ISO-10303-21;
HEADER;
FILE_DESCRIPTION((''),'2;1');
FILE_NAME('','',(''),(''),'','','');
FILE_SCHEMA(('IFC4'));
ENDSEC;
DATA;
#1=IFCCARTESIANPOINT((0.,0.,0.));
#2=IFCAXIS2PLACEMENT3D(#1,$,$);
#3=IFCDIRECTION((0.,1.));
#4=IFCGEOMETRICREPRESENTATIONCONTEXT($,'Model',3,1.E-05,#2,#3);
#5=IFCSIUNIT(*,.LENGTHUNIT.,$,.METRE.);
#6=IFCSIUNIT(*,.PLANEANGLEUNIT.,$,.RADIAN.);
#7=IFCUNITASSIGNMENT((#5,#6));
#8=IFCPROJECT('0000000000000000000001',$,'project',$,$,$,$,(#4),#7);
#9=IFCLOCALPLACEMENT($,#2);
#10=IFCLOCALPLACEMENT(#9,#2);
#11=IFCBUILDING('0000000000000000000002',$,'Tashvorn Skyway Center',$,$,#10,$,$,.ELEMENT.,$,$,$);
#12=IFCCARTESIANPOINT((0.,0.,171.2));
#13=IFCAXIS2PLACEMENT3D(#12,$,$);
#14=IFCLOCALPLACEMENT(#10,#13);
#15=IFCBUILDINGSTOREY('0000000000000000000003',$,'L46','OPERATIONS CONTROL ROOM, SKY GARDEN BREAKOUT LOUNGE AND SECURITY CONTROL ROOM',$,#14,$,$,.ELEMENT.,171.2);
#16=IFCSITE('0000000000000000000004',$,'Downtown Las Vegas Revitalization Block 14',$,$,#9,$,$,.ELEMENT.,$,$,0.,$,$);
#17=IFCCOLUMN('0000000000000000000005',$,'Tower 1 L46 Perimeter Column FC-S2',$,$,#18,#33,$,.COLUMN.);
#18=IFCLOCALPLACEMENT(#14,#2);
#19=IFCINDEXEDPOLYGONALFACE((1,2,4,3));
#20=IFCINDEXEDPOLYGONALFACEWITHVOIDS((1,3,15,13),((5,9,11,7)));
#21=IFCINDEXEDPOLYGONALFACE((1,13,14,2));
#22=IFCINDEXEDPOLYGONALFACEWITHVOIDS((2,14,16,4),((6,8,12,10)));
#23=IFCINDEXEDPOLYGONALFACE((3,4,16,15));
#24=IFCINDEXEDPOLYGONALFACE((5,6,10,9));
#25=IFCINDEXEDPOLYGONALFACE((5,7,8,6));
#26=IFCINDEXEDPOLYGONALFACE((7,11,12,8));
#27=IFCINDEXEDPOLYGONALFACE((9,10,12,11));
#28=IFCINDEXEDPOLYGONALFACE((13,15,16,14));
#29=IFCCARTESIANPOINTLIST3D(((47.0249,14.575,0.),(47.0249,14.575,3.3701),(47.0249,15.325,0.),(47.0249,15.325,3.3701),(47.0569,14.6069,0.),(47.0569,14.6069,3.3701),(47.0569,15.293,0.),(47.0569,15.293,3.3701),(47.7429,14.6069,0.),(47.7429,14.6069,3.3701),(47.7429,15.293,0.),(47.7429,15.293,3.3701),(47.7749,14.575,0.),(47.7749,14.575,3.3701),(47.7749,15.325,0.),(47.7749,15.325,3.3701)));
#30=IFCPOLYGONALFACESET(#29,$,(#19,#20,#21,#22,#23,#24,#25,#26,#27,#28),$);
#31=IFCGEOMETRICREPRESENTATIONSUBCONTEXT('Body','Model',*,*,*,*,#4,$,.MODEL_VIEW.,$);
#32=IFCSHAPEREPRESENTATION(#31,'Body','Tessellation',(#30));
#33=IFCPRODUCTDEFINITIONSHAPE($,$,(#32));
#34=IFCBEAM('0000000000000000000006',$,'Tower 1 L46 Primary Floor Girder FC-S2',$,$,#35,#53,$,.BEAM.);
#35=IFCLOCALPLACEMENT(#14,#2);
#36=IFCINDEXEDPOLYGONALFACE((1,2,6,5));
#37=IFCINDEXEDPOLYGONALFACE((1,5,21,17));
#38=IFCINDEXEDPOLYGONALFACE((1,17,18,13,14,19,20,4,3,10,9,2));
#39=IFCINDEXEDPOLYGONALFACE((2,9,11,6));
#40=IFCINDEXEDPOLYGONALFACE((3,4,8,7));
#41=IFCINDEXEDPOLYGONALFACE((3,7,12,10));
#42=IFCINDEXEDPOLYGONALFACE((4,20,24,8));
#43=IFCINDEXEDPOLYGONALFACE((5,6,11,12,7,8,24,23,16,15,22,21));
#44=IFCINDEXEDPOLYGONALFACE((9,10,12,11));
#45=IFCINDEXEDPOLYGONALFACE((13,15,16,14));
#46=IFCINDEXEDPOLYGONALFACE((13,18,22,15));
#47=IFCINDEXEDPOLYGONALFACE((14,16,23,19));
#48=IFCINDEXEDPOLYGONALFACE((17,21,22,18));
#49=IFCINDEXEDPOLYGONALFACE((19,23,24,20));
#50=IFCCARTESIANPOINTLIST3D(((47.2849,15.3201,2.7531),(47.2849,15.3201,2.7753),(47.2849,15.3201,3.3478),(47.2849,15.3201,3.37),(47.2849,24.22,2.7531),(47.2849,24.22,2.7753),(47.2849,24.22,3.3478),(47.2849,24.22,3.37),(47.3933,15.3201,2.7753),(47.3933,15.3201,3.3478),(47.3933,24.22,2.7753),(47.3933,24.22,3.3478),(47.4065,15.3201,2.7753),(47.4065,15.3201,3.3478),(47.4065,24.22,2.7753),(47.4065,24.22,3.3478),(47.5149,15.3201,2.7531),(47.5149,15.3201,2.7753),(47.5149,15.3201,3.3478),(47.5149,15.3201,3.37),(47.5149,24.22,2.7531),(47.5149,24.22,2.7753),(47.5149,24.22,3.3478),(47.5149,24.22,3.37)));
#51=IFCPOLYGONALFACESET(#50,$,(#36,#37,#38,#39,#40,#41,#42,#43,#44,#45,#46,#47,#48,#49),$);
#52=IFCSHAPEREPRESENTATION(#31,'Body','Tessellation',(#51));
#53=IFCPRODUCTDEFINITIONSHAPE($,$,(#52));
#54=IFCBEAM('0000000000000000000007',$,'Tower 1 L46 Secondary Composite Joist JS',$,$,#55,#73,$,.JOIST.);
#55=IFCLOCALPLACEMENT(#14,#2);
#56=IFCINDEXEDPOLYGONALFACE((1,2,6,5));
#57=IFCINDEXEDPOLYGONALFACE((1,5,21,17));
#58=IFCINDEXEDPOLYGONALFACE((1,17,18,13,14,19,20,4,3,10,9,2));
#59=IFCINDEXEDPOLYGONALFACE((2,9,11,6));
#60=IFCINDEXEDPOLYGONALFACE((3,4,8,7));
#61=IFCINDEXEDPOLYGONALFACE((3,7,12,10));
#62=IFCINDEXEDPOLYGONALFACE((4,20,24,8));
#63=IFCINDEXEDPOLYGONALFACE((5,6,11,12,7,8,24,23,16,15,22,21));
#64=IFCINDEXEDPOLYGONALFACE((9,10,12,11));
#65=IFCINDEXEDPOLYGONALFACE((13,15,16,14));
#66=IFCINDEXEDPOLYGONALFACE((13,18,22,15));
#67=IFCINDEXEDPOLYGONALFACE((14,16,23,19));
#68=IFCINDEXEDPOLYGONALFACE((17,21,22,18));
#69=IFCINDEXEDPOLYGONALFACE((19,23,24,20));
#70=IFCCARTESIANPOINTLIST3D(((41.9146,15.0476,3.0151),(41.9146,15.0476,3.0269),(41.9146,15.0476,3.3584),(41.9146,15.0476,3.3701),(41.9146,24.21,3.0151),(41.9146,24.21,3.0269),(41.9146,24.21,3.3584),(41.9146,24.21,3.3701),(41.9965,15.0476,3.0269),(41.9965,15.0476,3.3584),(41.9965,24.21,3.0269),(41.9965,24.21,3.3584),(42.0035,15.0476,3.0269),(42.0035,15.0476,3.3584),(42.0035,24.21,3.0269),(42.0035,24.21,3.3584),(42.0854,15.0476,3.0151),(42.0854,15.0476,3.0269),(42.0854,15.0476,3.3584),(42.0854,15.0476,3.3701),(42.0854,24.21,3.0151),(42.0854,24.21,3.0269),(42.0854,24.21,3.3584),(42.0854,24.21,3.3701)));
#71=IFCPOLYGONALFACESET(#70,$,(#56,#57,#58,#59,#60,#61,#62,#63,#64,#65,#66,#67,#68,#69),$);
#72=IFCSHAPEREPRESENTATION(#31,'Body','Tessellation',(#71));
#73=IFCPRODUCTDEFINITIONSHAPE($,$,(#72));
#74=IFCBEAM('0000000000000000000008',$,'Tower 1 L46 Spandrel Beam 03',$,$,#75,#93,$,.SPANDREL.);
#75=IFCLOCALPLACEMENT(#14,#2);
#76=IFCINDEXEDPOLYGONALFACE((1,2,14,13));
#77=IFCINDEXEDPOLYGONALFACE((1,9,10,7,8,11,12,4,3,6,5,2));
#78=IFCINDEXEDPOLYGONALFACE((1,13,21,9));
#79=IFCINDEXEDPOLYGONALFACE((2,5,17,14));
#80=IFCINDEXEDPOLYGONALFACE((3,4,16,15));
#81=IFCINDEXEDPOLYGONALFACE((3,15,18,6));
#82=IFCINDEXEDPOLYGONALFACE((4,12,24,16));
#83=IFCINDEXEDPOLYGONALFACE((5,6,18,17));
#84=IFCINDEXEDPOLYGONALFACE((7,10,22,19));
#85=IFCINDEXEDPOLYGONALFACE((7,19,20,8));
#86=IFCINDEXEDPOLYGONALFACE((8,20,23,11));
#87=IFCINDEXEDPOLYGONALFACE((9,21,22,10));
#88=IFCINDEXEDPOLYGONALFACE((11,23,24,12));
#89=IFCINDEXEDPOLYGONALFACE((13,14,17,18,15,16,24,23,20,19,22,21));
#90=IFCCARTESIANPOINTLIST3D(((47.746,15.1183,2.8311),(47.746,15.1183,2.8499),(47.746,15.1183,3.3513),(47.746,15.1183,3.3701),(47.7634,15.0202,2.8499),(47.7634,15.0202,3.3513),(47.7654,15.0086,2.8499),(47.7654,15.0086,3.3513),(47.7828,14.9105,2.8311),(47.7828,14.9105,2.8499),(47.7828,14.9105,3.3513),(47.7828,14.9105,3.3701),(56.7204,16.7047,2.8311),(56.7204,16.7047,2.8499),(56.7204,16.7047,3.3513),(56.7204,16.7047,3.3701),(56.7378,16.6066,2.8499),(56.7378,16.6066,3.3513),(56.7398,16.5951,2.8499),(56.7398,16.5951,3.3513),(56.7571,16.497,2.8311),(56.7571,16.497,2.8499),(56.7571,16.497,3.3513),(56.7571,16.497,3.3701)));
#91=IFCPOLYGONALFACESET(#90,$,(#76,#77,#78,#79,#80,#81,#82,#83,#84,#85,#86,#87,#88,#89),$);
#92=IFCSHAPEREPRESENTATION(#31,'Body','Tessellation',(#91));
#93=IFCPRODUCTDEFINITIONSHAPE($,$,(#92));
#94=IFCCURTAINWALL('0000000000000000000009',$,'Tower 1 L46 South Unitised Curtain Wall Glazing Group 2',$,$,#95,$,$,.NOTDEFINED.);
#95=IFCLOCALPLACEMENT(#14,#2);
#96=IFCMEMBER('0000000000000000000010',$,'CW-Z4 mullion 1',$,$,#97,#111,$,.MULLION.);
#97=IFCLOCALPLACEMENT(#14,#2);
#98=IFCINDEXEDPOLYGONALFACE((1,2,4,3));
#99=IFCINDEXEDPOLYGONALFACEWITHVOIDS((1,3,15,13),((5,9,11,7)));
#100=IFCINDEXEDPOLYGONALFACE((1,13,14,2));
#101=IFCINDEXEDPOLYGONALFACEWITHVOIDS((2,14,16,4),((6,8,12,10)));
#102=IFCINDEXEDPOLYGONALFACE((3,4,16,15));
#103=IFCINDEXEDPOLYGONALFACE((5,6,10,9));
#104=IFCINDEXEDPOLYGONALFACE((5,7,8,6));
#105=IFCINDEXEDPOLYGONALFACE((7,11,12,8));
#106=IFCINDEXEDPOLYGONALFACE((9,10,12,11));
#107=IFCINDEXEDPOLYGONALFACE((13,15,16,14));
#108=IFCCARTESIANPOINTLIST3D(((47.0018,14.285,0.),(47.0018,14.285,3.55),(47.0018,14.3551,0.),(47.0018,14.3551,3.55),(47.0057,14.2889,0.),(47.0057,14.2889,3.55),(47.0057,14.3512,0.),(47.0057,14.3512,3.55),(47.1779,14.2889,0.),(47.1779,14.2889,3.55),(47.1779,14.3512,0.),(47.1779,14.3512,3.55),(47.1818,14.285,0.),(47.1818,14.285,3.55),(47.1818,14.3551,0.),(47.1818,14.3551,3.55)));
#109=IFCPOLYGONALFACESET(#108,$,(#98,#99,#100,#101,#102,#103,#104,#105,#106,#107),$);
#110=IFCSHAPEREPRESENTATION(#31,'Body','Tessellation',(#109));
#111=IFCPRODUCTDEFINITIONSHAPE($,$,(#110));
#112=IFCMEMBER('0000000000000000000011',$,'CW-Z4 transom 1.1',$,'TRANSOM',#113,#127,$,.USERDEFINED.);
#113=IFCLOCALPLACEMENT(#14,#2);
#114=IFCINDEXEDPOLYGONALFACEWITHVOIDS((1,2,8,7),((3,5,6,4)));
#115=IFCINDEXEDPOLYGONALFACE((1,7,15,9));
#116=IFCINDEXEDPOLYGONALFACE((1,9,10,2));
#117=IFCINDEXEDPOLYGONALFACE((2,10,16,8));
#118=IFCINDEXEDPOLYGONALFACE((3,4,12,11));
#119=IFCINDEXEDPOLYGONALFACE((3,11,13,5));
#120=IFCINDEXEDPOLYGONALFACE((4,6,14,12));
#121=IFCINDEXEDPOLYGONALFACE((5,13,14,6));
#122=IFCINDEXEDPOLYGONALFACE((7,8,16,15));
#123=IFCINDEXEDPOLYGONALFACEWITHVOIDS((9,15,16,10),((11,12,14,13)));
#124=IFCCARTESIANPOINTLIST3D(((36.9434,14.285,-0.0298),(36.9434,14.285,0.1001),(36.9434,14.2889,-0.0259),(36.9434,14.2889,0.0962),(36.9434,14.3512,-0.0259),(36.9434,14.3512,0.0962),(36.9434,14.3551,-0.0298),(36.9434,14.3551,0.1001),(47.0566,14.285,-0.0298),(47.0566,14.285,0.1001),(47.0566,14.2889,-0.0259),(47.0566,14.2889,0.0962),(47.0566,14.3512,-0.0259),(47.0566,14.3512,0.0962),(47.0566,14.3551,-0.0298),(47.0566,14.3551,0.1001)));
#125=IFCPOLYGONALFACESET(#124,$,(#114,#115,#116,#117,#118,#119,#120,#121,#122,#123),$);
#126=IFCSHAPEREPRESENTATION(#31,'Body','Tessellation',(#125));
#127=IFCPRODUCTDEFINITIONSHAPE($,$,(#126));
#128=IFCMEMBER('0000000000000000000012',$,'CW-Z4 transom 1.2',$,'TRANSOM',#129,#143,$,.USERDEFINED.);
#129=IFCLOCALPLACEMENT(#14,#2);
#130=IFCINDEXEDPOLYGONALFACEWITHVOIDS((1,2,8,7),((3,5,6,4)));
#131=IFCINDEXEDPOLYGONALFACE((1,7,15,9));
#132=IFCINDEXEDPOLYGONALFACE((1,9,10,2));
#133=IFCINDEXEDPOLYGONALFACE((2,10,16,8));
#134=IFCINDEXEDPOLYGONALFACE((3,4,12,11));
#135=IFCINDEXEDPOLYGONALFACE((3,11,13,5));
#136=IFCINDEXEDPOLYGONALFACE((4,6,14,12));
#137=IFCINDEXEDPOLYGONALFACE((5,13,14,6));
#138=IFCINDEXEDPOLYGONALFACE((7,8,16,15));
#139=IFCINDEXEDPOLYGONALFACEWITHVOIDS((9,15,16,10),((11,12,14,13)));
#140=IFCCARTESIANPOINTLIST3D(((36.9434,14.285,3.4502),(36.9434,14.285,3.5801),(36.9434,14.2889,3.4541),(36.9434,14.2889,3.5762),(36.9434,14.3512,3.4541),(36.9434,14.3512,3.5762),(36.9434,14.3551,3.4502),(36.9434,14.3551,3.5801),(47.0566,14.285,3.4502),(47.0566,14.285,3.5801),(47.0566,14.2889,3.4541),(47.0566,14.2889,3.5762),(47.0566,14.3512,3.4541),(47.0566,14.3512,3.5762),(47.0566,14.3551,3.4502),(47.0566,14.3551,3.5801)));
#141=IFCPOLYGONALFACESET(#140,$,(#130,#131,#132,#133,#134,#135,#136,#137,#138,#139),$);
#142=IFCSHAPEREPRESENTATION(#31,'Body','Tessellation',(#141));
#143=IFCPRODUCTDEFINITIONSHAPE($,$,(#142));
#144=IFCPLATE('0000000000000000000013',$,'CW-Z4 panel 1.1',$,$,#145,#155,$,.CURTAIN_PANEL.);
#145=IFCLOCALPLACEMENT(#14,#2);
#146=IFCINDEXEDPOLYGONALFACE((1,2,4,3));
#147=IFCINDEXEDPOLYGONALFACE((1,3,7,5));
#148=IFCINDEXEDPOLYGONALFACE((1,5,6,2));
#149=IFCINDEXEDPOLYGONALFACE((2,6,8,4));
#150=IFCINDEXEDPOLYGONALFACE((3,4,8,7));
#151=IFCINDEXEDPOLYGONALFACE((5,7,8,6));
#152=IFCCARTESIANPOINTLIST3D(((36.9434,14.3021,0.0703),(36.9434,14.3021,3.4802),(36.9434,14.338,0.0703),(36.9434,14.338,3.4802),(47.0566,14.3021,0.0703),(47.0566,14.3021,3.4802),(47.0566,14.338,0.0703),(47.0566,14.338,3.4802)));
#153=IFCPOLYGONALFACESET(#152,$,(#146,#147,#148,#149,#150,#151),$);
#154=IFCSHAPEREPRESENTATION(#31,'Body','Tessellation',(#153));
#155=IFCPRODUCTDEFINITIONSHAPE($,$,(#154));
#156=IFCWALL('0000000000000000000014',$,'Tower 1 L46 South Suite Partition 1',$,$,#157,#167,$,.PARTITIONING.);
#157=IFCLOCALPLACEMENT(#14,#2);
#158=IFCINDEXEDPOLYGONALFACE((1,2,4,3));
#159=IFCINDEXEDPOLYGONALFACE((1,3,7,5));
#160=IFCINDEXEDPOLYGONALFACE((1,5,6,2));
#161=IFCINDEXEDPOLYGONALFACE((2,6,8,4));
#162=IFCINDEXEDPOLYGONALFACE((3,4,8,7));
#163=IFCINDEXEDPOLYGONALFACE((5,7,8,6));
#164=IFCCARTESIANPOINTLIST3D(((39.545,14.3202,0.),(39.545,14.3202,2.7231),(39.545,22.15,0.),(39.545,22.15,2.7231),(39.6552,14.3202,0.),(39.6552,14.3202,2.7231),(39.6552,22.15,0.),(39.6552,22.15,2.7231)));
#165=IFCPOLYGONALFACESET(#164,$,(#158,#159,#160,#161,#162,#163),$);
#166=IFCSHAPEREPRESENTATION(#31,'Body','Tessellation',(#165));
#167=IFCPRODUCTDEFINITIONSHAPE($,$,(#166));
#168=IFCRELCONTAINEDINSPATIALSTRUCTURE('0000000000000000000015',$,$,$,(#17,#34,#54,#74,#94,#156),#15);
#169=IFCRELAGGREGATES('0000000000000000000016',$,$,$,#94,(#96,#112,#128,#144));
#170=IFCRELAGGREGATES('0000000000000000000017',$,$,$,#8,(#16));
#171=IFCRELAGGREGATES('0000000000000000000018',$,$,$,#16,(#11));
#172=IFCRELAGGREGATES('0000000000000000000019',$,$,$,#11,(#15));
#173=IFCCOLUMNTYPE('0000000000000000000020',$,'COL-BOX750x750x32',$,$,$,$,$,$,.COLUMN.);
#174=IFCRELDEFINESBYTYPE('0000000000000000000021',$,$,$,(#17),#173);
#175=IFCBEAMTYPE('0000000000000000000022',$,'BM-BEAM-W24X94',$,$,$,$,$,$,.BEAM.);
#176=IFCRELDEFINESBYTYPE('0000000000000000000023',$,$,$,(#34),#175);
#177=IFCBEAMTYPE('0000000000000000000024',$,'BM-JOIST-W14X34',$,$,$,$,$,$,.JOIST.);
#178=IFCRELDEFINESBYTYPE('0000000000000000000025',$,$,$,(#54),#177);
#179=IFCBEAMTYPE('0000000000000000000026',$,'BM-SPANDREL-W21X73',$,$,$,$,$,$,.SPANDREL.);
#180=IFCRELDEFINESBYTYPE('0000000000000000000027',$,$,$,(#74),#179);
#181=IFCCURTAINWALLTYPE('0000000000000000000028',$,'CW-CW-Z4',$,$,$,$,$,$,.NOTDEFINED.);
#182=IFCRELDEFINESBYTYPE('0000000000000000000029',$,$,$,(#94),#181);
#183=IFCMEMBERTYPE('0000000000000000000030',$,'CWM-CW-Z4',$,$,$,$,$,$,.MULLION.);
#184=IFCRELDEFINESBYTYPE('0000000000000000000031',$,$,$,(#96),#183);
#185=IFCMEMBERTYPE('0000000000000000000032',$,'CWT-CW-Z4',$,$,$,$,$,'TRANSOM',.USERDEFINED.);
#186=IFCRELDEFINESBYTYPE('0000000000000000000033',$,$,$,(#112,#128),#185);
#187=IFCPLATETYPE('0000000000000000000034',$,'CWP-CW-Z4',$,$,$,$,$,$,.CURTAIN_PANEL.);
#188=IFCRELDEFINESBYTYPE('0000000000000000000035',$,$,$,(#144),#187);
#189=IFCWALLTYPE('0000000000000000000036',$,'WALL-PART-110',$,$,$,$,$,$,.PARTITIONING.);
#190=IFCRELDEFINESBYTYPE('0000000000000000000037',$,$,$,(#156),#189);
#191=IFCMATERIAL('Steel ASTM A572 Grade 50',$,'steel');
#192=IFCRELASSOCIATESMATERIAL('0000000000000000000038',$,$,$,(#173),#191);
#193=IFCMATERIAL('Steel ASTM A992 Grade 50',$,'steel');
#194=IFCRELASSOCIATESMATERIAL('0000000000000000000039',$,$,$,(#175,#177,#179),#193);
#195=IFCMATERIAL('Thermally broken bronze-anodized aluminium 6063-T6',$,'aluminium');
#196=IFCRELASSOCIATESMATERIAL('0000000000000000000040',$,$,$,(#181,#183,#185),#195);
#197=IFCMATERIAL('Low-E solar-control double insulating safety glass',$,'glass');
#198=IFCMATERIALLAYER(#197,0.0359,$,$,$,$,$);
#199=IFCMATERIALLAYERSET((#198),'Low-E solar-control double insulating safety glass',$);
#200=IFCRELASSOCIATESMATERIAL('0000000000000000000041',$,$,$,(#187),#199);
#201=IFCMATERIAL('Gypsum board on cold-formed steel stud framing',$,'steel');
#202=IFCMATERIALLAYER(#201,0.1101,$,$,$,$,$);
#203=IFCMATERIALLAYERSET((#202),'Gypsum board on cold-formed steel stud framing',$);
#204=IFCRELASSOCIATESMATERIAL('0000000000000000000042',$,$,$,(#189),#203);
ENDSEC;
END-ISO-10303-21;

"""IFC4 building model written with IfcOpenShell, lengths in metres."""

from ifc_helpers import new_model, si_unit, direction, frame, frame_2d, origin, origin_2d, place, context, subcontext, project, spatial, rectangle, hollow_rectangle, i_section, extrude, material, layer, layer_set, material_profile, profile_set, type_object, element, aggregate, save


model = new_model("IFC4")

# Units and contexts
model_context = context("Model", 3, precision=1e-05, world=origin(), true_north=direction((0.0, 1.0)))
body_context = subcontext(model_context, "Body", "Model", "MODEL_VIEW")
ifc_project = project(units=[si_unit("LENGTHUNIT", "METRE"), si_unit("PLANEANGLEUNIT", "RADIAN")], contexts=[model_context])

# Site, building, storey
site_placement = place(None, origin())
site = spatial("IfcSite", under=ifc_project, at=site_placement, Name="Downtown Las Vegas Revitalization Block 14", CompositionType="ELEMENT", RefElevation=0.0)
building_placement = place(site_placement, origin())
building = spatial("IfcBuilding", under=site, at=building_placement, Name="Tashvorn Skyway Center", CompositionType="ELEMENT")
storey_placement = place(building_placement, frame((0.0, 0.0, 171.2)))
storey = spatial("IfcBuildingStorey", under=building, at=storey_placement, Name="L46", Description="OPERATIONS CONTROL ROOM, SKY GARDEN BREAKOUT LOUNGE AND SECURITY CONTROL ROOM", CompositionType="ELEMENT", Elevation=171.2)

# Column
ifc_material_1 = material(Name="Steel ASTM A572 Grade 50", Category="steel")
ifc_material_profile_1 = material_profile(ifc_material_1, hollow_rectangle(XDim=0.75, YDim=0.75, WallThickness=0.032, at=origin_2d()), Name="BOX750x750x32")
ifc_profile_set_1 = profile_set([ifc_material_profile_1], Name="Steel ASTM A572 Grade 50")
column_type = type_object("IfcColumnType", Name="COL-BOX750x750x32", PredefinedType="COLUMN", material=ifc_profile_set_1)
column_placement = place(storey_placement, frame((47.3999, 14.95, 0.0), z_axis=(0.0, 0.0, 1.0), x_axis=(1.0, 0.0, 0.0)))
element("IfcColumn", 1, at=column_placement, inside=storey, type_object=column_type, Name="Tower 1 L46 Perimeter Column FC-S2", PredefinedType="COLUMN", context=body_context, shape_type="SweptSolid", body=[
    extrude(hollow_rectangle(XDim=0.75, YDim=0.75, WallThickness=0.032, at=origin_2d()), origin(), (0.0, 0.0, 1.0), 3.3701),
])

# Beams
ifc_material_2 = material(Name="Steel ASTM A992 Grade 50", Category="steel")
ifc_material_profile_2 = material_profile(ifc_material_2, i_section(OverallWidth=0.23, OverallDepth=0.6169, WebThickness=0.0132, FlangeThickness=0.0222, at=origin_2d()), Name="W24X94")
ifc_profile_set_2 = profile_set([ifc_material_profile_2], Name="Steel ASTM A992 Grade 50")
beam_type_1 = type_object("IfcBeamType", Name="BM-BEAM-W24X94", PredefinedType="BEAM", material=ifc_profile_set_2)
beam_1_placement = place(storey_placement, frame((47.3999, 15.3201, 3.0615), z_axis=(0.0, 1.0, 0.0), x_axis=(-1.0, 0.0, 0.0)))
element("IfcBeam", 2, at=beam_1_placement, inside=storey, type_object=beam_type_1, Name="Tower 1 L46 Primary Floor Girder FC-S2", PredefinedType="BEAM", context=body_context, shape_type="SweptSolid", body=[
    extrude(i_section(OverallWidth=0.23, OverallDepth=0.6169, WebThickness=0.0132, FlangeThickness=0.0222, at=origin_2d()), origin(), (0.0, 0.0, 1.0), 8.8999),
])
ifc_material_profile_3 = material_profile(ifc_material_2, i_section(OverallWidth=0.1709, OverallDepth=0.355, WebThickness=0.0071, FlangeThickness=0.0117, at=origin_2d()), Name="W14X34")
ifc_profile_set_3 = profile_set([ifc_material_profile_3], Name="Steel ASTM A992 Grade 50")
beam_type_2 = type_object("IfcBeamType", Name="BM-JOIST-W14X34", PredefinedType="JOIST", material=ifc_profile_set_3)
beam_2_placement = place(storey_placement, frame((42.0, 24.21, 3.1926), z_axis=(0.0, -1.0, 0.0), x_axis=(1.0, 0.0, 0.0)))
element("IfcBeam", 3, at=beam_2_placement, inside=storey, type_object=beam_type_2, Name="Tower 1 L46 Secondary Composite Joist JS", PredefinedType="JOIST", context=body_context, shape_type="SweptSolid", body=[
    extrude(i_section(OverallWidth=0.1709, OverallDepth=0.355, WebThickness=0.0071, FlangeThickness=0.0117, at=origin_2d()), origin(), (0.0, 0.0, 1.0), 9.1624),
])
ifc_material_profile_4 = material_profile(ifc_material_2, i_section(OverallWidth=0.2109, OverallDepth=0.5391, WebThickness=0.0117, FlangeThickness=0.0188, at=origin_2d()), Name="W21X73")
ifc_profile_set_4 = profile_set([ifc_material_profile_4], Name="Steel ASTM A992 Grade 50")
beam_type_3 = type_object("IfcBeamType", Name="BM-SPANDREL-W21X73", PredefinedType="SPANDREL", material=ifc_profile_set_4)
beam_3_placement = place(storey_placement, frame((47.7644, 15.0144, 3.1006), z_axis=(0.984733, 0.174074, 0.0), x_axis=(-0.174074, 0.984733, 0.0)))
element("IfcBeam", 4, at=beam_3_placement, inside=storey, type_object=beam_type_3, Name="Tower 1 L46 Spandrel Beam 03", PredefinedType="SPANDREL", context=body_context, shape_type="SweptSolid", body=[
    extrude(i_section(OverallWidth=0.2109, OverallDepth=0.5391, WebThickness=0.0117, FlangeThickness=0.0188, at=origin_2d()), origin(), (0.0, 0.0, 1.0), 9.1135),
])

# Curtain wall, members, plate
ifc_material_3 = material(Name="Thermally broken bronze-anodized aluminium 6063-T6", Category="aluminium")
curtain_wall_type = type_object("IfcCurtainWallType", Name="CW-CW-Z4", PredefinedType="NOTDEFINED", material=ifc_material_3)
curtain_wall_placement = place(storey_placement, origin())
curtain_wall = element("IfcCurtainWall", 5, at=curtain_wall_placement, inside=storey, type_object=curtain_wall_type, Name="Tower 1 L46 South Unitised Curtain Wall Glazing Group 2", PredefinedType="NOTDEFINED")
ifc_material_profile_5 = material_profile(ifc_material_3, hollow_rectangle(XDim=0.0701, YDim=0.1799, WallThickness=0.0039, at=origin_2d()), Name="ALU-MULL-70x180")
ifc_profile_set_5 = profile_set([ifc_material_profile_5], Name="Thermally broken bronze-anodized aluminium 6063-T6")
member_type_1 = type_object("IfcMemberType", Name="CWM-CW-Z4", PredefinedType="MULLION", material=ifc_profile_set_5)
member_1_placement = place(storey_placement, frame((47.0918, 14.3201, 0.0), z_axis=(0.0, 0.0, 1.0), x_axis=(0.0, -1.0, 0.0)))
member_1 = element("IfcMember", 6, at=member_1_placement, type_object=member_type_1, Name="CW-Z4 mullion 1", PredefinedType="MULLION", context=body_context, shape_type="SweptSolid", body=[
    extrude(hollow_rectangle(XDim=0.0701, YDim=0.1799, WallThickness=0.0039, at=origin_2d()), origin(), (0.0, 0.0, 1.0), 3.55),
])
ifc_material_profile_6 = material_profile(ifc_material_3, hollow_rectangle(XDim=0.0701, YDim=0.1299, WallThickness=0.0039, at=origin_2d()), Name="ALU-TRAN-70x130")
ifc_profile_set_6 = profile_set([ifc_material_profile_6], Name="Thermally broken bronze-anodized aluminium 6063-T6")
member_type_2 = type_object("IfcMemberType", Name="CWT-CW-Z4", ElementType="TRANSOM", PredefinedType="USERDEFINED", material=ifc_profile_set_6)
member_2_placement = place(storey_placement, frame((47.0566, 14.3201, 0.0352), z_axis=(-1.0, 0.0, 0.0), x_axis=(0.0, -1.0, 0.0)))
member_2 = element("IfcMember", 7, at=member_2_placement, type_object=member_type_2, Name="CW-Z4 transom 1.1", ObjectType="TRANSOM", PredefinedType="USERDEFINED", context=body_context, shape_type="SweptSolid", body=[
    extrude(hollow_rectangle(XDim=0.0701, YDim=0.1299, WallThickness=0.0039, at=origin_2d()), origin(), (0.0, 0.0, 1.0), 10.1133),
])
member_3_placement = place(storey_placement, frame((47.0566, 14.3201, 3.5151), z_axis=(-1.0, 0.0, 0.0), x_axis=(0.0, -1.0, 0.0)))
member_3 = element("IfcMember", 8, at=member_3_placement, type_object=member_type_2, Name="CW-Z4 transom 1.2", ObjectType="TRANSOM", PredefinedType="USERDEFINED", context=body_context, shape_type="SweptSolid", body=[
    extrude(hollow_rectangle(XDim=0.0701, YDim=0.1299, WallThickness=0.0039, at=origin_2d()), origin(), (0.0, 0.0, 1.0), 10.1133),
])
ifc_material_4 = material(Name="Low-E solar-control double insulating safety glass", Category="glass")
ifc_layer_1 = layer(ifc_material_4, 0.0359)
ifc_layer_set_1 = layer_set([ifc_layer_1], Name="Low-E solar-control double insulating safety glass")
plate_type = type_object("IfcPlateType", Name="CWP-CW-Z4", PredefinedType="CURTAIN_PANEL", material=ifc_layer_set_1)
plate_placement = place(storey_placement, frame((42.0, 14.3201, 0.0703), z_axis=(0.0, 0.0, 1.0), x_axis=(-1.0, 0.0, 0.0)))
plate = element("IfcPlate", 9, at=plate_placement, type_object=plate_type, Name="CW-Z4 panel 1.1", PredefinedType="CURTAIN_PANEL", context=body_context, shape_type="SweptSolid", body=[
    extrude(rectangle(XDim=10.1133, YDim=0.0359, at=origin_2d()), origin(), (0.0, 0.0, 1.0), 3.4099),
])
aggregate(curtain_wall, [member_1, member_2, member_3, plate])

# Wall
ifc_material_5 = material(Name="Gypsum board on cold-formed steel stud framing", Category="steel")
ifc_layer_2 = layer(ifc_material_5, 0.1101)
ifc_layer_set_2 = layer_set([ifc_layer_2], Name="Gypsum board on cold-formed steel stud framing")
wall_type_1 = type_object("IfcWallType", Name="WALL-PART-110", PredefinedType="PARTITIONING", material=ifc_layer_set_2)
wall_1_placement = place(storey_placement, frame((39.6001, 14.3201, 0.0), z_axis=(0.0, 0.0, 1.0), x_axis=(0.0, 1.0, 0.0)))
element("IfcWall", 10, at=wall_1_placement, inside=storey, type_object=wall_type_1, Name="Tower 1 L46 South Suite Partition 1", PredefinedType="PARTITIONING", context=body_context, shape_type="SweptSolid", body=[
    extrude(rectangle(XDim=7.8298, YDim=0.1101, at=frame_2d((3.915, 0.0))), origin(), (0.0, 0.0, 1.0), 2.7231),
])

save(model, "model.ifc")
